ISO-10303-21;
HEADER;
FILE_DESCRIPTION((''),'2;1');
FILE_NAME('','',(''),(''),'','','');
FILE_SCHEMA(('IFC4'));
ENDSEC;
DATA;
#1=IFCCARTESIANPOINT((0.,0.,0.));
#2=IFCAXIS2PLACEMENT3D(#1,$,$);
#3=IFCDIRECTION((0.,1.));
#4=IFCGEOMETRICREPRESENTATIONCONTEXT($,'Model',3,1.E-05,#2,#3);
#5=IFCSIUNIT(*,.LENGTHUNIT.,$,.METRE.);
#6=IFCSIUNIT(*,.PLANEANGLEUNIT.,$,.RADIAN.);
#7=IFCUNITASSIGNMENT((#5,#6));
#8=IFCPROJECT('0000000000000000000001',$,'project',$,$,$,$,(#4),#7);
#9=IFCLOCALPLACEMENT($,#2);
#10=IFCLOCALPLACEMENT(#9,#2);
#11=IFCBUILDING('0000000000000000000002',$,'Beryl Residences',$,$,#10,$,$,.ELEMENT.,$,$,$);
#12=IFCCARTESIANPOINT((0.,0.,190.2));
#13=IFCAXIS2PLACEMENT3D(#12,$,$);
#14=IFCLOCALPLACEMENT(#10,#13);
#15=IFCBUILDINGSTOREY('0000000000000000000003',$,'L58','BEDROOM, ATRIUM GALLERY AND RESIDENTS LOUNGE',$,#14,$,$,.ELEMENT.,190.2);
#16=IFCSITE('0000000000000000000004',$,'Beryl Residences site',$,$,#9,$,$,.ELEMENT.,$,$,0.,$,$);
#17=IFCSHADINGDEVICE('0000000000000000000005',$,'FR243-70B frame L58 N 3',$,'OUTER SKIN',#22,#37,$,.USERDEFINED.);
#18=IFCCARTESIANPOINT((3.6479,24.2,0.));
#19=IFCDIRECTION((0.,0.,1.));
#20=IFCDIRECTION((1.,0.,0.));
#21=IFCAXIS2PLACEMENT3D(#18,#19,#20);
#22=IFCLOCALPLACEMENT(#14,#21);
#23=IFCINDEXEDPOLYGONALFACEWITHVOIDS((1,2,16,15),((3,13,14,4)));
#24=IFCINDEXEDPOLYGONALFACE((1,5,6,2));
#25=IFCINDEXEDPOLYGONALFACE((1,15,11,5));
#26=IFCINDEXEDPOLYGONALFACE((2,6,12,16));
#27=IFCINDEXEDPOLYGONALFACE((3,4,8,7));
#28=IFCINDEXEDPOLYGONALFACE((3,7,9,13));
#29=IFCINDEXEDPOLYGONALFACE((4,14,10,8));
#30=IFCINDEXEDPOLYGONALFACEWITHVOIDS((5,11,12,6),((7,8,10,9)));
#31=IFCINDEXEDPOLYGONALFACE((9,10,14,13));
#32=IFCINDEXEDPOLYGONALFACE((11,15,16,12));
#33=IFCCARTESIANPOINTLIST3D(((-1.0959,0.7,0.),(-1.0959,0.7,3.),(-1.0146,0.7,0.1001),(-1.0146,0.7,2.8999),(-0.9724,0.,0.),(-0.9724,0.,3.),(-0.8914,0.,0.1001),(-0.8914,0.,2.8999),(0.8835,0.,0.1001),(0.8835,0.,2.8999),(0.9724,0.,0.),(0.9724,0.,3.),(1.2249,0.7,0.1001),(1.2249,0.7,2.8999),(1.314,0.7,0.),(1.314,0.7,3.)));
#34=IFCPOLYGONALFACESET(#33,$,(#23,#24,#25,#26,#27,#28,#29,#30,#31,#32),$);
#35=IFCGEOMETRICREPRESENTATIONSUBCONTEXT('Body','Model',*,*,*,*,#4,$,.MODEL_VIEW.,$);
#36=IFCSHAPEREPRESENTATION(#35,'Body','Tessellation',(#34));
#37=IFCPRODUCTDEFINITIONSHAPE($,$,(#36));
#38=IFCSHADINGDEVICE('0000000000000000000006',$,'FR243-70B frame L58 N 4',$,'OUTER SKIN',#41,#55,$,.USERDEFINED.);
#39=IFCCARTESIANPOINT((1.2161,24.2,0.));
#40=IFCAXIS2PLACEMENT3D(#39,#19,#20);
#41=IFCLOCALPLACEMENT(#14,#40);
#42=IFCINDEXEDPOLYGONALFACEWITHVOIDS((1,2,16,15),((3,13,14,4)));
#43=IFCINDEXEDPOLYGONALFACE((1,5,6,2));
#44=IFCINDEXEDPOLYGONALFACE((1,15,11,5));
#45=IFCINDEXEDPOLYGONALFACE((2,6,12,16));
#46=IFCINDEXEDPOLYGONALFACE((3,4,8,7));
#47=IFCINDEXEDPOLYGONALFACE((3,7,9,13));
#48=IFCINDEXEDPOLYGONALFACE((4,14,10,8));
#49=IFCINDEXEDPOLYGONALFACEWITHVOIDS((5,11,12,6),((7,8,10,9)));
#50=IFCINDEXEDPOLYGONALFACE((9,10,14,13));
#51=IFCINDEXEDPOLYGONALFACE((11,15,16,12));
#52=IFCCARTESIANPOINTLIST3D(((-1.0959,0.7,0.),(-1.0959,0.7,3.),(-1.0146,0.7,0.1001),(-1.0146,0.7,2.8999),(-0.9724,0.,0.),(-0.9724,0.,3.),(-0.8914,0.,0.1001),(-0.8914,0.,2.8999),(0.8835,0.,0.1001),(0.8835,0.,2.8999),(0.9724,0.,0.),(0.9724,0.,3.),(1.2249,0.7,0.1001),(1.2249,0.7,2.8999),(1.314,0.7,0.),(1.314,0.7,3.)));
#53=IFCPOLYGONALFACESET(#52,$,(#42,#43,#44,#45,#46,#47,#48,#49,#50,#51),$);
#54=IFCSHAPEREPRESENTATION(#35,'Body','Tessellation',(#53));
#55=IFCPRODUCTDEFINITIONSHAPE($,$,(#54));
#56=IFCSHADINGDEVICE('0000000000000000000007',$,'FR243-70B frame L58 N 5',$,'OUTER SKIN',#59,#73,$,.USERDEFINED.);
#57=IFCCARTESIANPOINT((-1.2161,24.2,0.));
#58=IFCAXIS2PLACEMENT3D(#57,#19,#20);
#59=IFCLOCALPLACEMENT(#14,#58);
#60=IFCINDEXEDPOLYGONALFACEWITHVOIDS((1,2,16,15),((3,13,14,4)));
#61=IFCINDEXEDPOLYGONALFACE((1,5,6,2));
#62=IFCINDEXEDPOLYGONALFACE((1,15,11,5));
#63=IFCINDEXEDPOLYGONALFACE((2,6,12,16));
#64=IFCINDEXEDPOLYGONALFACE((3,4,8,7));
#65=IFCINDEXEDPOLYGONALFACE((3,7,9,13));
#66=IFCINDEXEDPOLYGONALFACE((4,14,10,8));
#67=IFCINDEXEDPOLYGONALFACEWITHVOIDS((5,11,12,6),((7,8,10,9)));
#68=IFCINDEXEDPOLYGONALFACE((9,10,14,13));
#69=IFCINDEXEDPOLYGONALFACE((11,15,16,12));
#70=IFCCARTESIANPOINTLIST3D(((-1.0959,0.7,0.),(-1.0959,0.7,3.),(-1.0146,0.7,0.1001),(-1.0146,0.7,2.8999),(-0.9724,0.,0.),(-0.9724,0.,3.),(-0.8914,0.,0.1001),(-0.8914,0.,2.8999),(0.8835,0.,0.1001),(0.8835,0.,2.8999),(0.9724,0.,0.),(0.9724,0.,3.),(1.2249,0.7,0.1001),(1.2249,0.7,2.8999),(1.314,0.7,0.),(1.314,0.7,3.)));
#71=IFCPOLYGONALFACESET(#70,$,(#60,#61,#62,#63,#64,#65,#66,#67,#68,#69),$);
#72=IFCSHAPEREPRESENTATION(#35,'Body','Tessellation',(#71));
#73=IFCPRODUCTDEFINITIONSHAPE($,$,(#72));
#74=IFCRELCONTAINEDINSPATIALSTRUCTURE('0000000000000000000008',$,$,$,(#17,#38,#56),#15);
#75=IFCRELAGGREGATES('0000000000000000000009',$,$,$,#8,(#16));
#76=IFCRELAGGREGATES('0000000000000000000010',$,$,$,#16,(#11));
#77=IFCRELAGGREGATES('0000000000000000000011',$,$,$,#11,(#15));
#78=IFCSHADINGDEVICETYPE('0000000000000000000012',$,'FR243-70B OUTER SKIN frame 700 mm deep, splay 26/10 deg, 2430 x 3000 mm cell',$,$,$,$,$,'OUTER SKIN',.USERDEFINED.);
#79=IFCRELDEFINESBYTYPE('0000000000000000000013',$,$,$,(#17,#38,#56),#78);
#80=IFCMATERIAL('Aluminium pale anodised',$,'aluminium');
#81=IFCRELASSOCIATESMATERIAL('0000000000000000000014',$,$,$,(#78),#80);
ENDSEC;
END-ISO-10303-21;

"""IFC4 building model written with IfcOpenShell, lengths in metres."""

from ifc_helpers import new_model, entity, si_unit, direction, frame, origin, place, context, subcontext, project, spatial, source, transform, mapped, material, type_object, type_shapes, element, save


model = new_model("IFC4")

# Units and contexts
model_context = context("Model", 3, precision=1e-05, world=origin(), true_north=direction((0.0, 1.0)))
body_context = subcontext(model_context, "Body", "Model", "MODEL_VIEW")
ifc_project = project(units=[si_unit("LENGTHUNIT", "METRE"), si_unit("PLANEANGLEUNIT", "RADIAN")], contexts=[model_context])

# Site, building, storey
site_placement = place(None, origin())
site = spatial("IfcSite", under=ifc_project, at=site_placement, Name="Beryl Residences site", CompositionType="ELEMENT", RefElevation=0.0)
building_placement = place(site_placement, origin())
building = spatial("IfcBuilding", under=site, at=building_placement, Name="Beryl Residences", CompositionType="ELEMENT")
storey_placement = place(building_placement, frame((0.0, 0.0, 190.2)))
storey = spatial("IfcBuildingStorey", under=building, at=storey_placement, Name="L58", Description="BEDROOM, ATRIUM GALLERY AND RESIDENTS LOUNGE", CompositionType="ELEMENT", Elevation=190.2)

# Shading devices
ifc_material_1 = material(Name="Aluminium pale anodised", Category="aluminium")
shading_device_type = type_object("IfcShadingDeviceType", Name="FR243-70B OUTER SKIN frame 700 mm deep, splay 26/10 deg, 2430 x 3000 mm cell", ElementType="OUTER SKIN", PredefinedType="USERDEFINED", material=ifc_material_1)
cartesian_point_1 = entity("IfcCartesianPoint", [-0.9724, 0.0])
cartesian_point_2 = entity("IfcCartesianPoint", [-0.8835, 0.1001])
cartesian_point_3 = entity("IfcCartesianPoint", [-1.314, 0.0])
cartesian_point_4 = entity("IfcCartesianPoint", [-1.2249, 0.1001])
shared_shape_1 = source(origin(), body_context, "Body", "SweptSolid", [
    entity("IfcExtrudedAreaSolidTapered", entity("IfcArbitraryProfileDefWithVoids", "AREA", None, entity("IfcPolyline", [cartesian_point_1, entity("IfcCartesianPoint", [0.9724, 0.0]), entity("IfcCartesianPoint", [0.9724, 3.0]), entity("IfcCartesianPoint", [-0.9724, 3.0]), cartesian_point_1]), [entity("IfcPolyline", [cartesian_point_2, entity("IfcCartesianPoint", [0.8914, 0.1001]), entity("IfcCartesianPoint", [0.8914, 2.8999]), entity("IfcCartesianPoint", [-0.8835, 2.8999]), cartesian_point_2])]), entity("IfcAxis2Placement3D", entity("IfcCartesianPoint", [0.0, 0.0, 0.0]), entity("IfcDirection", [0.0, 1.0, 0.0]), entity("IfcDirection", [-1.0, 0.0, 0.0])), entity("IfcDirection", [0.0, 0.0, 1.0]), 0.7, entity("IfcArbitraryProfileDefWithVoids", "AREA", None, entity("IfcPolyline", [cartesian_point_3, entity("IfcCartesianPoint", [1.0959, 0.0]), entity("IfcCartesianPoint", [1.0959, 3.0]), entity("IfcCartesianPoint", [-1.314, 3.0]), cartesian_point_3]), [entity("IfcPolyline", [cartesian_point_4, entity("IfcCartesianPoint", [1.0146, 0.1001]), entity("IfcCartesianPoint", [1.0146, 2.8999]), entity("IfcCartesianPoint", [-1.2249, 2.8999]), cartesian_point_4])])),
])
type_shapes(shading_device_type, [shared_shape_1])
for number, where, z_axis, x_axis, name in (
    (1, (3.6479, 24.2, 0.0), (0.0, 0.0, 1.0), (1.0, 0.0, 0.0), "FR243-70B frame L58 N 3"),
    (2, (1.2161, 24.2, 0.0), (0.0, 0.0, 1.0), (1.0, 0.0, 0.0), "FR243-70B frame L58 N 4"),
    (3, (-1.2161, 24.2, 0.0), (0.0, 0.0, 1.0), (1.0, 0.0, 0.0), "FR243-70B frame L58 N 5"),
):
    element("IfcShadingDevice", number, at=place(storey_placement, frame(where, z_axis=z_axis, x_axis=x_axis)), inside=storey, type_object=shading_device_type, Name=name, ObjectType="OUTER SKIN", PredefinedType="USERDEFINED", context=body_context, shape_type="MappedRepresentation", body=[
        mapped(shared_shape_1, transform((0.0, 0.0, 0.0))),
    ])

save(model, "model.ifc")
